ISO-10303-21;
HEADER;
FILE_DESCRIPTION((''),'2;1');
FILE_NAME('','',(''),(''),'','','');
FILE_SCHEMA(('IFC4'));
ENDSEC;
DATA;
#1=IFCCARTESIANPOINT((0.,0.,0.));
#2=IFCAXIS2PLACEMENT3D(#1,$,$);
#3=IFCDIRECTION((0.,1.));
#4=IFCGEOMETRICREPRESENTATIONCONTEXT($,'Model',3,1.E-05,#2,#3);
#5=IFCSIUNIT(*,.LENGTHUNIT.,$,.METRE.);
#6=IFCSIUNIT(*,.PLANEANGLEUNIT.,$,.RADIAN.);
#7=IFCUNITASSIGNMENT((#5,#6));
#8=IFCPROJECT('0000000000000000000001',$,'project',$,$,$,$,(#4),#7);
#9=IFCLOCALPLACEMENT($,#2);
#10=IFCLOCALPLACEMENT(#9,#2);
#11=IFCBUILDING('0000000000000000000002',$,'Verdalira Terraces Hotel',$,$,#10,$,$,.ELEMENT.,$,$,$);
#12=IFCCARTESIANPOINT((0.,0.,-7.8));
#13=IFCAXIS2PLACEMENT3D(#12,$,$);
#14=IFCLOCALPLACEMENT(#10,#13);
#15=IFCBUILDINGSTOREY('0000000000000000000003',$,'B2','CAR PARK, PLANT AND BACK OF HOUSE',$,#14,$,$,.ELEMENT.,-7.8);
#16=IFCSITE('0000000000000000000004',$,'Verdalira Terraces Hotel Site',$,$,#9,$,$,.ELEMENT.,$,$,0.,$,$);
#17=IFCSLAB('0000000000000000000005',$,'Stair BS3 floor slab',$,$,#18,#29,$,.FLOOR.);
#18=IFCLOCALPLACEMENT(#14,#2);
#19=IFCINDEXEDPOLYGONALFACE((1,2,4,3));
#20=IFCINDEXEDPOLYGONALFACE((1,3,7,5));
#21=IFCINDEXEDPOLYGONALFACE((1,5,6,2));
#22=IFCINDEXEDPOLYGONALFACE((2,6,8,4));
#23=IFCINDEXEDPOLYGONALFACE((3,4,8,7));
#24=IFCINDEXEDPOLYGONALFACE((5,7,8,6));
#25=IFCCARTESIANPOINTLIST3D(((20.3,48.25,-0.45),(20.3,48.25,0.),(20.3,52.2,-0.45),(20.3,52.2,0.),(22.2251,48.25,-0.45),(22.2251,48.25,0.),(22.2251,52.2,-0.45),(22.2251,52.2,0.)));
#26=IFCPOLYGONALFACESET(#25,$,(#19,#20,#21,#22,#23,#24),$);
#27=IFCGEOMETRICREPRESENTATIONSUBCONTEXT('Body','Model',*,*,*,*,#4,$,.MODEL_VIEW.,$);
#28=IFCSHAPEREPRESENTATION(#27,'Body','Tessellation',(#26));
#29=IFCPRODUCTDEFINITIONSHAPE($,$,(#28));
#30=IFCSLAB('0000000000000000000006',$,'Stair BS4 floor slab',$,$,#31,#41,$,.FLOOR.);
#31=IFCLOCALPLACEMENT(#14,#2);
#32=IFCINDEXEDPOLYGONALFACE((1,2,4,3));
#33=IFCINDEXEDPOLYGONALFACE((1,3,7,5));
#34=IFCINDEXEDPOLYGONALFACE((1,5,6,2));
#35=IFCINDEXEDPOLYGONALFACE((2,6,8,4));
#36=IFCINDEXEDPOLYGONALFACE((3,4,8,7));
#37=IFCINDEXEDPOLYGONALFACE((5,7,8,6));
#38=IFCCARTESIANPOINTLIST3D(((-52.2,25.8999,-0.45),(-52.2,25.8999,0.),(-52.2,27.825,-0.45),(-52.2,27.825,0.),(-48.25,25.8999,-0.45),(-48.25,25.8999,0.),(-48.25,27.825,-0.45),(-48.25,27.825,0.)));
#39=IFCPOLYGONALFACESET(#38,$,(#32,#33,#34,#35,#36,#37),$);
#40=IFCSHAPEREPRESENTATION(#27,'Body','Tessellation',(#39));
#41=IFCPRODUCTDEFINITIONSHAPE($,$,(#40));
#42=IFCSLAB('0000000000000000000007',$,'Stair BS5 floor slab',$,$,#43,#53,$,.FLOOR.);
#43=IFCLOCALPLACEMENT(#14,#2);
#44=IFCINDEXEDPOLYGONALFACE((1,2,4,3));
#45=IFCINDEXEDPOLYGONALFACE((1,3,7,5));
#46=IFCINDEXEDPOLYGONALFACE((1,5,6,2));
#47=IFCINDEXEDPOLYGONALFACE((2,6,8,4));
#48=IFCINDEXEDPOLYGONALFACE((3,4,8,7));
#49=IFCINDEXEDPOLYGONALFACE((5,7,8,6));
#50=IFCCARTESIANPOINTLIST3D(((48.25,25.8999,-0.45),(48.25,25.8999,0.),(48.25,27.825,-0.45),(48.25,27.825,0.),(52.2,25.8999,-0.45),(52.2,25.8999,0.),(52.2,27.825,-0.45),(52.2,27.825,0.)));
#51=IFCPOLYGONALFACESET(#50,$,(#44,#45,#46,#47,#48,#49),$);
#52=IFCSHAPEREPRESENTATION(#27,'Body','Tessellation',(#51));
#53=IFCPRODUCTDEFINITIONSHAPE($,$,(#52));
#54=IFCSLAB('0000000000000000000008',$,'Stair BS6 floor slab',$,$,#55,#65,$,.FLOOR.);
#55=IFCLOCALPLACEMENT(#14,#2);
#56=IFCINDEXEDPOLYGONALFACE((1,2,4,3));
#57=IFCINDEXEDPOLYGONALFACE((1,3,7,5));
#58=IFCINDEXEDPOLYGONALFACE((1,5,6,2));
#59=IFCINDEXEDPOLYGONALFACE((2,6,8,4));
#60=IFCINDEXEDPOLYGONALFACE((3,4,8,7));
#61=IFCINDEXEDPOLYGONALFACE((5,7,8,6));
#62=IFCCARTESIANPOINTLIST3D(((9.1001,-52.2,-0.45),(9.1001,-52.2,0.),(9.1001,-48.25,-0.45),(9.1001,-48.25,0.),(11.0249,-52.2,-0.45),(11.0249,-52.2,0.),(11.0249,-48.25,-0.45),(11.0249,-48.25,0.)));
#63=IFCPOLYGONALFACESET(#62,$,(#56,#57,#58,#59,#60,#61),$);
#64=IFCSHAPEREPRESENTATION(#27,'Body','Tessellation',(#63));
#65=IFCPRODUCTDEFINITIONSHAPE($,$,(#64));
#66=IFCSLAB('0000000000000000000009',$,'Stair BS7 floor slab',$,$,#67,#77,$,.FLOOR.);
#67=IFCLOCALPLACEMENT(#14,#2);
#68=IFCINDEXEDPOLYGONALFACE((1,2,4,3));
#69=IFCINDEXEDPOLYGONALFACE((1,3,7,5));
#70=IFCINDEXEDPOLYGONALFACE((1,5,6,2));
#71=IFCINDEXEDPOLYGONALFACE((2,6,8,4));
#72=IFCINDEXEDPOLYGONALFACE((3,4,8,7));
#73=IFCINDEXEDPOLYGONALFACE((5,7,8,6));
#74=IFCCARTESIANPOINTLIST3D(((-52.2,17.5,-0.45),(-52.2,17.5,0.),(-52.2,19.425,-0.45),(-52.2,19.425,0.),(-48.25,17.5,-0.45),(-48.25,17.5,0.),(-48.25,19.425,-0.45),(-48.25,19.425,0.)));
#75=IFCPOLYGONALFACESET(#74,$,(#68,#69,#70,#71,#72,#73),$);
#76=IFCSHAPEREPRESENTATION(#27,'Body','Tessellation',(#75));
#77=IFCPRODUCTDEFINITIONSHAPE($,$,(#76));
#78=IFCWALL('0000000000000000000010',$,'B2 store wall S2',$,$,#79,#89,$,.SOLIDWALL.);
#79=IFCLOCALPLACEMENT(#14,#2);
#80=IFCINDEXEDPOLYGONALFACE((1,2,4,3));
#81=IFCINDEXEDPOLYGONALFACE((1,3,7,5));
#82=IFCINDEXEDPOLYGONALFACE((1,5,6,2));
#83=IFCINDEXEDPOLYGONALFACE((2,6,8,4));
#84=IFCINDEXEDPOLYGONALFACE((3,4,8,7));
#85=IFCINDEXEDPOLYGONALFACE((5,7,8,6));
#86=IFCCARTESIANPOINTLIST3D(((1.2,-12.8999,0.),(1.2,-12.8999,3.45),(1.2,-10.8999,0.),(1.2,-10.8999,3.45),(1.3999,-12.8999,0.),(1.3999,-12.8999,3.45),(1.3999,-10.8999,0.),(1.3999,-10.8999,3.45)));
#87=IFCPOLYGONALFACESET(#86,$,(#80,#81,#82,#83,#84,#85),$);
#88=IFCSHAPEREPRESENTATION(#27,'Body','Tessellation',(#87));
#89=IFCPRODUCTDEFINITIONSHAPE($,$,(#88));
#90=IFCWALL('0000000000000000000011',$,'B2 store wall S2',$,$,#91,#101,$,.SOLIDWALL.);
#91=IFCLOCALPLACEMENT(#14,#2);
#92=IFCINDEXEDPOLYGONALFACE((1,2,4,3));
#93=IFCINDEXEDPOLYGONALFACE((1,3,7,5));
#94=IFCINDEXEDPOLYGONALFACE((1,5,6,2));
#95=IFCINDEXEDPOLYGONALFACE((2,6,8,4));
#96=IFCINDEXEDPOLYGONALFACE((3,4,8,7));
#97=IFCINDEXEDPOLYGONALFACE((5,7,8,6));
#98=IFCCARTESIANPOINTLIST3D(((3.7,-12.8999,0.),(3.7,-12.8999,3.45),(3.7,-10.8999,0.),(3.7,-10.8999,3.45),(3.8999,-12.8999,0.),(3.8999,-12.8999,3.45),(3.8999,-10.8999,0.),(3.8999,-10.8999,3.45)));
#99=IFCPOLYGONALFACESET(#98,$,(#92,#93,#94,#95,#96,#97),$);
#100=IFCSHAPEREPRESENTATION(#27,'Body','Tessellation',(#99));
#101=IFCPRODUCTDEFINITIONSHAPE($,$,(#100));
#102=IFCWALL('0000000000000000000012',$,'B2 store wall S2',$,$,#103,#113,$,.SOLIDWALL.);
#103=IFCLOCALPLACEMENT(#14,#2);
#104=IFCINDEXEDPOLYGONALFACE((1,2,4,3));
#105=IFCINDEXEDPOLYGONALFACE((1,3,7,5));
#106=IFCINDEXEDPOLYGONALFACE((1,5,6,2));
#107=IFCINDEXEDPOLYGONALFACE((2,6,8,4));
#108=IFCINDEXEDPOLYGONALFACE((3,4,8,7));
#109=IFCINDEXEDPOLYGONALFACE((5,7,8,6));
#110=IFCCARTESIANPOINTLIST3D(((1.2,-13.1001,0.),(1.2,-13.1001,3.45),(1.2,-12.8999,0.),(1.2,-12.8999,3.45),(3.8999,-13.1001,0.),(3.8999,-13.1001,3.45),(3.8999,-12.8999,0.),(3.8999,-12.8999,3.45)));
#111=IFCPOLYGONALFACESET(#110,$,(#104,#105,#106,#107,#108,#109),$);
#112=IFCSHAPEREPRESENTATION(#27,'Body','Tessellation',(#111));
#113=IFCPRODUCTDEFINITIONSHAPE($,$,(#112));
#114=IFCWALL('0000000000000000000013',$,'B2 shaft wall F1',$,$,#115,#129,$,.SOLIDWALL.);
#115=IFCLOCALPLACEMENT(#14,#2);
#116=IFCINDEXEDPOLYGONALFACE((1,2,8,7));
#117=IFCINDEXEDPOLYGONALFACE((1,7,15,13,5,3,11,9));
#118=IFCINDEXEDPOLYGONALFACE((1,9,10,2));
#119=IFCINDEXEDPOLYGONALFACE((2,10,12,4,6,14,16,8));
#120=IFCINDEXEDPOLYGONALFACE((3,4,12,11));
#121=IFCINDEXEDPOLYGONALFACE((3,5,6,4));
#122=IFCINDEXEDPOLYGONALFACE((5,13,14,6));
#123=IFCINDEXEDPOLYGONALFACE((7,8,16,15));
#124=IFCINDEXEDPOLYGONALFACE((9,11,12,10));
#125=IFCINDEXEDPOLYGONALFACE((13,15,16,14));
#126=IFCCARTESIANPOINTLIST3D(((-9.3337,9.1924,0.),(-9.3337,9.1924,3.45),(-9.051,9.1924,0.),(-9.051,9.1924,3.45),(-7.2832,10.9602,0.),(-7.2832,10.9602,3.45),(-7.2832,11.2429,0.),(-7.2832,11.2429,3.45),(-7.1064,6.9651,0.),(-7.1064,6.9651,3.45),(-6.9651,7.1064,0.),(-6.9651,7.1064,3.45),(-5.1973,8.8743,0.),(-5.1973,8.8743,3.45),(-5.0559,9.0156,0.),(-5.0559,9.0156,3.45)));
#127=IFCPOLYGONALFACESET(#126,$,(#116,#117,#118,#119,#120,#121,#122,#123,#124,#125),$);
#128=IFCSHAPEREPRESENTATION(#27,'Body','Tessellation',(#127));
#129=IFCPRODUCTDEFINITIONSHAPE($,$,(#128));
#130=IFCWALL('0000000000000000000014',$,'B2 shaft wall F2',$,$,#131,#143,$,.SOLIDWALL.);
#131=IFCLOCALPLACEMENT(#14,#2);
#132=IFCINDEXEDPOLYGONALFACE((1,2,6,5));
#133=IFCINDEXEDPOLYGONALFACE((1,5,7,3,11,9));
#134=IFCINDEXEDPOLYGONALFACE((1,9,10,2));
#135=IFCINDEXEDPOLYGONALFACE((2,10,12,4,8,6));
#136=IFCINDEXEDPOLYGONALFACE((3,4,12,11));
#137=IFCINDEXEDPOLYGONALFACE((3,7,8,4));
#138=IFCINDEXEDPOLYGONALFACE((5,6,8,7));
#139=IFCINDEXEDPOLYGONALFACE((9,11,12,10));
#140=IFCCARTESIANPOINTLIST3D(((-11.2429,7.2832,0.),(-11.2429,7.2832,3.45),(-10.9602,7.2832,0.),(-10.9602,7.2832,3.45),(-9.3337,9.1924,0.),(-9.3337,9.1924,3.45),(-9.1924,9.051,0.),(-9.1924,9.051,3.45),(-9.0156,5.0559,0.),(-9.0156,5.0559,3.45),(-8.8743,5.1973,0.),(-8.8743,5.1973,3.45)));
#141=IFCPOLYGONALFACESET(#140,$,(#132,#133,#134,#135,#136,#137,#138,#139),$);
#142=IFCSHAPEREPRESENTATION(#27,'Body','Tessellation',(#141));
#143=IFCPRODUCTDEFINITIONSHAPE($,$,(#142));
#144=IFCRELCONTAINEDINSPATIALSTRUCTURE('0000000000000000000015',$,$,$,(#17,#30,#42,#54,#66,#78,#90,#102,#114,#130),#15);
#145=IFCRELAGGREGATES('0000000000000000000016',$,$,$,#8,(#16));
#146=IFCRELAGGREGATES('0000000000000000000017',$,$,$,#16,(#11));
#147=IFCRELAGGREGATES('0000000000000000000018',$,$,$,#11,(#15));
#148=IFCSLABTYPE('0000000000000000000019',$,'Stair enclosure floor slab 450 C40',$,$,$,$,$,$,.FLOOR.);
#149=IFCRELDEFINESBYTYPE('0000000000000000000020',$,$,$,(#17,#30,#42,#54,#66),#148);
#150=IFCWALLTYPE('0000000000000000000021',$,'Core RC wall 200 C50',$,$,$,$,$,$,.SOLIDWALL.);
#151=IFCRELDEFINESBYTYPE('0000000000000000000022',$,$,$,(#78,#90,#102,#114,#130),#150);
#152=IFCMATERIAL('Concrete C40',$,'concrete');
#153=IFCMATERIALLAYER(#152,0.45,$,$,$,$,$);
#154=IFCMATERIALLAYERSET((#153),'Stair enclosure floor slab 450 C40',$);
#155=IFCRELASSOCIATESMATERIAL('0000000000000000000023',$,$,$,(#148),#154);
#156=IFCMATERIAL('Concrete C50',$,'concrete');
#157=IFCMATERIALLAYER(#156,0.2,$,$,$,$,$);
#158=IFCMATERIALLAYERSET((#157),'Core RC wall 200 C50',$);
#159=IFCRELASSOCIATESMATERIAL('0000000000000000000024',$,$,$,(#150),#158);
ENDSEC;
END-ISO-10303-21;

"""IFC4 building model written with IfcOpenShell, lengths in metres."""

from ifc_helpers import new_model, si_unit, direction, frame, origin, place, context, subcontext, project, spatial, polyline, outline, extrude, material, layer, layer_set, type_object, element, save


model = new_model("IFC4")

# Units and contexts
model_context = context("Model", 3, precision=1e-05, world=origin(), true_north=direction((0.0, 1.0)))
body_context = subcontext(model_context, "Body", "Model", "MODEL_VIEW")
ifc_project = project(units=[si_unit("LENGTHUNIT", "METRE"), si_unit("PLANEANGLEUNIT", "RADIAN")], contexts=[model_context])

# Site, building, storey
site_placement = place(None, origin())
site = spatial("IfcSite", under=ifc_project, at=site_placement, Name="Verdalira Terraces Hotel Site", CompositionType="ELEMENT", RefElevation=0.0)
building_placement = place(site_placement, origin())
building = spatial("IfcBuilding", under=site, at=building_placement, Name="Verdalira Terraces Hotel", CompositionType="ELEMENT")
storey_placement = place(building_placement, frame((0.0, 0.0, -7.8)))
storey = spatial("IfcBuildingStorey", under=building, at=storey_placement, Name="B2", Description="CAR PARK, PLANT AND BACK OF HOUSE", CompositionType="ELEMENT", Elevation=-7.8)

# Slabs
ifc_material_1 = material(Name="Concrete C40", Category="concrete")
ifc_layer_1 = layer(ifc_material_1, 0.45)
ifc_layer_set_1 = layer_set([ifc_layer_1], Name="Stair enclosure floor slab 450 C40")
slab_type_1 = type_object("IfcSlabType", Name="Stair enclosure floor slab 450 C40", PredefinedType="FLOOR", material=ifc_layer_set_1)
slab_1_placement = place(storey_placement, frame((0.0, 0.0, -0.45)))
element("IfcSlab", 1, at=slab_1_placement, inside=storey, type_object=slab_type_1, Name="Stair BS3 floor slab", PredefinedType="FLOOR", context=body_context, shape_type="SweptSolid", body=[
    extrude(outline(polyline([(20.3, 52.2), (22.2251, 52.2), (22.2251, 48.25), (20.3, 48.25), (20.3, 52.2)])), origin(), (0.0, 0.0, 1.0), 0.45),
])
slab_2_placement = place(storey_placement, frame((0.0, 0.0, -0.45)))
element("IfcSlab", 2, at=slab_2_placement, inside=storey, type_object=slab_type_1, Name="Stair BS4 floor slab", PredefinedType="FLOOR", context=body_context, shape_type="SweptSolid", body=[
    extrude(outline(polyline([(-52.2, 27.825), (-48.25, 27.825), (-48.25, 25.8999), (-52.2, 25.8999), (-52.2, 27.825)])), origin(), (0.0, 0.0, 1.0), 0.45),
])
slab_3_placement = place(storey_placement, frame((0.0, 0.0, -0.45)))
element("IfcSlab", 3, at=slab_3_placement, inside=storey, type_object=slab_type_1, Name="Stair BS5 floor slab", PredefinedType="FLOOR", context=body_context, shape_type="SweptSolid", body=[
    extrude(outline(polyline([(48.25, 27.825), (52.2, 27.825), (52.2, 25.8999), (48.25, 25.8999), (48.25, 27.825)])), origin(), (0.0, 0.0, 1.0), 0.45),
])
slab_4_placement = place(storey_placement, frame((0.0, 0.0, -0.45)))
element("IfcSlab", 4, at=slab_4_placement, inside=storey, type_object=slab_type_1, Name="Stair BS6 floor slab", PredefinedType="FLOOR", context=body_context, shape_type="SweptSolid", body=[
    extrude(outline(polyline([(9.1001, -48.25), (11.0249, -48.25), (11.0249, -52.2), (9.1001, -52.2), (9.1001, -48.25)])), origin(), (0.0, 0.0, 1.0), 0.45),
])
slab_5_placement = place(storey_placement, frame((0.0, 0.0, -0.45)))
element("IfcSlab", 5, at=slab_5_placement, inside=storey, type_object=slab_type_1, Name="Stair BS7 floor slab", PredefinedType="FLOOR", context=body_context, shape_type="SweptSolid", body=[
    extrude(outline(polyline([(-52.2, 19.425), (-48.25, 19.425), (-48.25, 17.5), (-52.2, 17.5), (-52.2, 19.425)])), origin(), (0.0, 0.0, 1.0), 0.45),
])

# Walls
ifc_material_2 = material(Name="Concrete C50", Category="concrete")
ifc_layer_2 = layer(ifc_material_2, 0.2)
ifc_layer_set_2 = layer_set([ifc_layer_2], Name="Core RC wall 200 C50")
wall_type = type_object("IfcWallType", Name="Core RC wall 200 C50", PredefinedType="SOLIDWALL", material=ifc_layer_set_2)
wall_1_placement = place(storey_placement, origin())
element("IfcWall", 6, at=wall_1_placement, inside=storey, type_object=wall_type, Name="B2 store wall S2", PredefinedType="SOLIDWALL", context=body_context, shape_type="SweptSolid", body=[
    extrude(outline(polyline([(1.2, -10.8999), (1.3999, -10.8999), (1.3999, -12.8999), (1.2, -12.8999), (1.2, -10.8999)])), origin(), (0.0, 0.0, 1.0), 3.45),
])
wall_2_placement = place(storey_placement, origin())
element("IfcWall", 7, at=wall_2_placement, inside=storey, type_object=wall_type, Name="B2 store wall S2", PredefinedType="SOLIDWALL", context=body_context, shape_type="SweptSolid", body=[
    extrude(outline(polyline([(3.7, -10.8999), (3.8999, -10.8999), (3.8999, -12.8999), (3.7, -12.8999), (3.7, -10.8999)])), origin(), (0.0, 0.0, 1.0), 3.45),
])
wall_3_placement = place(storey_placement, origin())
element("IfcWall", 8, at=wall_3_placement, inside=storey, type_object=wall_type, Name="B2 store wall S2", PredefinedType="SOLIDWALL", context=body_context, shape_type="SweptSolid", body=[
    extrude(outline(polyline([(1.2, -12.8999), (3.8999, -12.8999), (3.8999, -13.1001), (1.2, -13.1001), (1.2, -12.8999)])), origin(), (0.0, 0.0, 1.0), 3.45),
])
wall_4_placement = place(storey_placement, origin())
element("IfcWall", 9, at=wall_4_placement, inside=storey, type_object=wall_type, Name="B2 shaft wall F1", PredefinedType="SOLIDWALL", context=body_context, shape_type="SweptSolid", body=[
    extrude(outline(polyline([(-9.3337, 9.1924), (-7.2832, 11.2429), (-5.0559, 9.0156), (-5.1973, 8.8743), (-7.2832, 10.9602), (-9.051, 9.1924), (-6.9651, 7.1064), (-7.1064, 6.9651), (-9.3337, 9.1924)])), origin(), (0.0, 0.0, 1.0), 3.45),
])
wall_5_placement = place(storey_placement, origin())
element("IfcWall", 10, at=wall_5_placement, inside=storey, type_object=wall_type, Name="B2 shaft wall F2", PredefinedType="SOLIDWALL", context=body_context, shape_type="SweptSolid", body=[
    extrude(outline(polyline([(-11.2429, 7.2832), (-9.3337, 9.1924), (-9.1924, 9.051), (-10.9602, 7.2832), (-8.8743, 5.1973), (-9.0156, 5.0559), (-11.2429, 7.2832)])), origin(), (0.0, 0.0, 1.0), 3.45),
])

save(model, "model.ifc")
